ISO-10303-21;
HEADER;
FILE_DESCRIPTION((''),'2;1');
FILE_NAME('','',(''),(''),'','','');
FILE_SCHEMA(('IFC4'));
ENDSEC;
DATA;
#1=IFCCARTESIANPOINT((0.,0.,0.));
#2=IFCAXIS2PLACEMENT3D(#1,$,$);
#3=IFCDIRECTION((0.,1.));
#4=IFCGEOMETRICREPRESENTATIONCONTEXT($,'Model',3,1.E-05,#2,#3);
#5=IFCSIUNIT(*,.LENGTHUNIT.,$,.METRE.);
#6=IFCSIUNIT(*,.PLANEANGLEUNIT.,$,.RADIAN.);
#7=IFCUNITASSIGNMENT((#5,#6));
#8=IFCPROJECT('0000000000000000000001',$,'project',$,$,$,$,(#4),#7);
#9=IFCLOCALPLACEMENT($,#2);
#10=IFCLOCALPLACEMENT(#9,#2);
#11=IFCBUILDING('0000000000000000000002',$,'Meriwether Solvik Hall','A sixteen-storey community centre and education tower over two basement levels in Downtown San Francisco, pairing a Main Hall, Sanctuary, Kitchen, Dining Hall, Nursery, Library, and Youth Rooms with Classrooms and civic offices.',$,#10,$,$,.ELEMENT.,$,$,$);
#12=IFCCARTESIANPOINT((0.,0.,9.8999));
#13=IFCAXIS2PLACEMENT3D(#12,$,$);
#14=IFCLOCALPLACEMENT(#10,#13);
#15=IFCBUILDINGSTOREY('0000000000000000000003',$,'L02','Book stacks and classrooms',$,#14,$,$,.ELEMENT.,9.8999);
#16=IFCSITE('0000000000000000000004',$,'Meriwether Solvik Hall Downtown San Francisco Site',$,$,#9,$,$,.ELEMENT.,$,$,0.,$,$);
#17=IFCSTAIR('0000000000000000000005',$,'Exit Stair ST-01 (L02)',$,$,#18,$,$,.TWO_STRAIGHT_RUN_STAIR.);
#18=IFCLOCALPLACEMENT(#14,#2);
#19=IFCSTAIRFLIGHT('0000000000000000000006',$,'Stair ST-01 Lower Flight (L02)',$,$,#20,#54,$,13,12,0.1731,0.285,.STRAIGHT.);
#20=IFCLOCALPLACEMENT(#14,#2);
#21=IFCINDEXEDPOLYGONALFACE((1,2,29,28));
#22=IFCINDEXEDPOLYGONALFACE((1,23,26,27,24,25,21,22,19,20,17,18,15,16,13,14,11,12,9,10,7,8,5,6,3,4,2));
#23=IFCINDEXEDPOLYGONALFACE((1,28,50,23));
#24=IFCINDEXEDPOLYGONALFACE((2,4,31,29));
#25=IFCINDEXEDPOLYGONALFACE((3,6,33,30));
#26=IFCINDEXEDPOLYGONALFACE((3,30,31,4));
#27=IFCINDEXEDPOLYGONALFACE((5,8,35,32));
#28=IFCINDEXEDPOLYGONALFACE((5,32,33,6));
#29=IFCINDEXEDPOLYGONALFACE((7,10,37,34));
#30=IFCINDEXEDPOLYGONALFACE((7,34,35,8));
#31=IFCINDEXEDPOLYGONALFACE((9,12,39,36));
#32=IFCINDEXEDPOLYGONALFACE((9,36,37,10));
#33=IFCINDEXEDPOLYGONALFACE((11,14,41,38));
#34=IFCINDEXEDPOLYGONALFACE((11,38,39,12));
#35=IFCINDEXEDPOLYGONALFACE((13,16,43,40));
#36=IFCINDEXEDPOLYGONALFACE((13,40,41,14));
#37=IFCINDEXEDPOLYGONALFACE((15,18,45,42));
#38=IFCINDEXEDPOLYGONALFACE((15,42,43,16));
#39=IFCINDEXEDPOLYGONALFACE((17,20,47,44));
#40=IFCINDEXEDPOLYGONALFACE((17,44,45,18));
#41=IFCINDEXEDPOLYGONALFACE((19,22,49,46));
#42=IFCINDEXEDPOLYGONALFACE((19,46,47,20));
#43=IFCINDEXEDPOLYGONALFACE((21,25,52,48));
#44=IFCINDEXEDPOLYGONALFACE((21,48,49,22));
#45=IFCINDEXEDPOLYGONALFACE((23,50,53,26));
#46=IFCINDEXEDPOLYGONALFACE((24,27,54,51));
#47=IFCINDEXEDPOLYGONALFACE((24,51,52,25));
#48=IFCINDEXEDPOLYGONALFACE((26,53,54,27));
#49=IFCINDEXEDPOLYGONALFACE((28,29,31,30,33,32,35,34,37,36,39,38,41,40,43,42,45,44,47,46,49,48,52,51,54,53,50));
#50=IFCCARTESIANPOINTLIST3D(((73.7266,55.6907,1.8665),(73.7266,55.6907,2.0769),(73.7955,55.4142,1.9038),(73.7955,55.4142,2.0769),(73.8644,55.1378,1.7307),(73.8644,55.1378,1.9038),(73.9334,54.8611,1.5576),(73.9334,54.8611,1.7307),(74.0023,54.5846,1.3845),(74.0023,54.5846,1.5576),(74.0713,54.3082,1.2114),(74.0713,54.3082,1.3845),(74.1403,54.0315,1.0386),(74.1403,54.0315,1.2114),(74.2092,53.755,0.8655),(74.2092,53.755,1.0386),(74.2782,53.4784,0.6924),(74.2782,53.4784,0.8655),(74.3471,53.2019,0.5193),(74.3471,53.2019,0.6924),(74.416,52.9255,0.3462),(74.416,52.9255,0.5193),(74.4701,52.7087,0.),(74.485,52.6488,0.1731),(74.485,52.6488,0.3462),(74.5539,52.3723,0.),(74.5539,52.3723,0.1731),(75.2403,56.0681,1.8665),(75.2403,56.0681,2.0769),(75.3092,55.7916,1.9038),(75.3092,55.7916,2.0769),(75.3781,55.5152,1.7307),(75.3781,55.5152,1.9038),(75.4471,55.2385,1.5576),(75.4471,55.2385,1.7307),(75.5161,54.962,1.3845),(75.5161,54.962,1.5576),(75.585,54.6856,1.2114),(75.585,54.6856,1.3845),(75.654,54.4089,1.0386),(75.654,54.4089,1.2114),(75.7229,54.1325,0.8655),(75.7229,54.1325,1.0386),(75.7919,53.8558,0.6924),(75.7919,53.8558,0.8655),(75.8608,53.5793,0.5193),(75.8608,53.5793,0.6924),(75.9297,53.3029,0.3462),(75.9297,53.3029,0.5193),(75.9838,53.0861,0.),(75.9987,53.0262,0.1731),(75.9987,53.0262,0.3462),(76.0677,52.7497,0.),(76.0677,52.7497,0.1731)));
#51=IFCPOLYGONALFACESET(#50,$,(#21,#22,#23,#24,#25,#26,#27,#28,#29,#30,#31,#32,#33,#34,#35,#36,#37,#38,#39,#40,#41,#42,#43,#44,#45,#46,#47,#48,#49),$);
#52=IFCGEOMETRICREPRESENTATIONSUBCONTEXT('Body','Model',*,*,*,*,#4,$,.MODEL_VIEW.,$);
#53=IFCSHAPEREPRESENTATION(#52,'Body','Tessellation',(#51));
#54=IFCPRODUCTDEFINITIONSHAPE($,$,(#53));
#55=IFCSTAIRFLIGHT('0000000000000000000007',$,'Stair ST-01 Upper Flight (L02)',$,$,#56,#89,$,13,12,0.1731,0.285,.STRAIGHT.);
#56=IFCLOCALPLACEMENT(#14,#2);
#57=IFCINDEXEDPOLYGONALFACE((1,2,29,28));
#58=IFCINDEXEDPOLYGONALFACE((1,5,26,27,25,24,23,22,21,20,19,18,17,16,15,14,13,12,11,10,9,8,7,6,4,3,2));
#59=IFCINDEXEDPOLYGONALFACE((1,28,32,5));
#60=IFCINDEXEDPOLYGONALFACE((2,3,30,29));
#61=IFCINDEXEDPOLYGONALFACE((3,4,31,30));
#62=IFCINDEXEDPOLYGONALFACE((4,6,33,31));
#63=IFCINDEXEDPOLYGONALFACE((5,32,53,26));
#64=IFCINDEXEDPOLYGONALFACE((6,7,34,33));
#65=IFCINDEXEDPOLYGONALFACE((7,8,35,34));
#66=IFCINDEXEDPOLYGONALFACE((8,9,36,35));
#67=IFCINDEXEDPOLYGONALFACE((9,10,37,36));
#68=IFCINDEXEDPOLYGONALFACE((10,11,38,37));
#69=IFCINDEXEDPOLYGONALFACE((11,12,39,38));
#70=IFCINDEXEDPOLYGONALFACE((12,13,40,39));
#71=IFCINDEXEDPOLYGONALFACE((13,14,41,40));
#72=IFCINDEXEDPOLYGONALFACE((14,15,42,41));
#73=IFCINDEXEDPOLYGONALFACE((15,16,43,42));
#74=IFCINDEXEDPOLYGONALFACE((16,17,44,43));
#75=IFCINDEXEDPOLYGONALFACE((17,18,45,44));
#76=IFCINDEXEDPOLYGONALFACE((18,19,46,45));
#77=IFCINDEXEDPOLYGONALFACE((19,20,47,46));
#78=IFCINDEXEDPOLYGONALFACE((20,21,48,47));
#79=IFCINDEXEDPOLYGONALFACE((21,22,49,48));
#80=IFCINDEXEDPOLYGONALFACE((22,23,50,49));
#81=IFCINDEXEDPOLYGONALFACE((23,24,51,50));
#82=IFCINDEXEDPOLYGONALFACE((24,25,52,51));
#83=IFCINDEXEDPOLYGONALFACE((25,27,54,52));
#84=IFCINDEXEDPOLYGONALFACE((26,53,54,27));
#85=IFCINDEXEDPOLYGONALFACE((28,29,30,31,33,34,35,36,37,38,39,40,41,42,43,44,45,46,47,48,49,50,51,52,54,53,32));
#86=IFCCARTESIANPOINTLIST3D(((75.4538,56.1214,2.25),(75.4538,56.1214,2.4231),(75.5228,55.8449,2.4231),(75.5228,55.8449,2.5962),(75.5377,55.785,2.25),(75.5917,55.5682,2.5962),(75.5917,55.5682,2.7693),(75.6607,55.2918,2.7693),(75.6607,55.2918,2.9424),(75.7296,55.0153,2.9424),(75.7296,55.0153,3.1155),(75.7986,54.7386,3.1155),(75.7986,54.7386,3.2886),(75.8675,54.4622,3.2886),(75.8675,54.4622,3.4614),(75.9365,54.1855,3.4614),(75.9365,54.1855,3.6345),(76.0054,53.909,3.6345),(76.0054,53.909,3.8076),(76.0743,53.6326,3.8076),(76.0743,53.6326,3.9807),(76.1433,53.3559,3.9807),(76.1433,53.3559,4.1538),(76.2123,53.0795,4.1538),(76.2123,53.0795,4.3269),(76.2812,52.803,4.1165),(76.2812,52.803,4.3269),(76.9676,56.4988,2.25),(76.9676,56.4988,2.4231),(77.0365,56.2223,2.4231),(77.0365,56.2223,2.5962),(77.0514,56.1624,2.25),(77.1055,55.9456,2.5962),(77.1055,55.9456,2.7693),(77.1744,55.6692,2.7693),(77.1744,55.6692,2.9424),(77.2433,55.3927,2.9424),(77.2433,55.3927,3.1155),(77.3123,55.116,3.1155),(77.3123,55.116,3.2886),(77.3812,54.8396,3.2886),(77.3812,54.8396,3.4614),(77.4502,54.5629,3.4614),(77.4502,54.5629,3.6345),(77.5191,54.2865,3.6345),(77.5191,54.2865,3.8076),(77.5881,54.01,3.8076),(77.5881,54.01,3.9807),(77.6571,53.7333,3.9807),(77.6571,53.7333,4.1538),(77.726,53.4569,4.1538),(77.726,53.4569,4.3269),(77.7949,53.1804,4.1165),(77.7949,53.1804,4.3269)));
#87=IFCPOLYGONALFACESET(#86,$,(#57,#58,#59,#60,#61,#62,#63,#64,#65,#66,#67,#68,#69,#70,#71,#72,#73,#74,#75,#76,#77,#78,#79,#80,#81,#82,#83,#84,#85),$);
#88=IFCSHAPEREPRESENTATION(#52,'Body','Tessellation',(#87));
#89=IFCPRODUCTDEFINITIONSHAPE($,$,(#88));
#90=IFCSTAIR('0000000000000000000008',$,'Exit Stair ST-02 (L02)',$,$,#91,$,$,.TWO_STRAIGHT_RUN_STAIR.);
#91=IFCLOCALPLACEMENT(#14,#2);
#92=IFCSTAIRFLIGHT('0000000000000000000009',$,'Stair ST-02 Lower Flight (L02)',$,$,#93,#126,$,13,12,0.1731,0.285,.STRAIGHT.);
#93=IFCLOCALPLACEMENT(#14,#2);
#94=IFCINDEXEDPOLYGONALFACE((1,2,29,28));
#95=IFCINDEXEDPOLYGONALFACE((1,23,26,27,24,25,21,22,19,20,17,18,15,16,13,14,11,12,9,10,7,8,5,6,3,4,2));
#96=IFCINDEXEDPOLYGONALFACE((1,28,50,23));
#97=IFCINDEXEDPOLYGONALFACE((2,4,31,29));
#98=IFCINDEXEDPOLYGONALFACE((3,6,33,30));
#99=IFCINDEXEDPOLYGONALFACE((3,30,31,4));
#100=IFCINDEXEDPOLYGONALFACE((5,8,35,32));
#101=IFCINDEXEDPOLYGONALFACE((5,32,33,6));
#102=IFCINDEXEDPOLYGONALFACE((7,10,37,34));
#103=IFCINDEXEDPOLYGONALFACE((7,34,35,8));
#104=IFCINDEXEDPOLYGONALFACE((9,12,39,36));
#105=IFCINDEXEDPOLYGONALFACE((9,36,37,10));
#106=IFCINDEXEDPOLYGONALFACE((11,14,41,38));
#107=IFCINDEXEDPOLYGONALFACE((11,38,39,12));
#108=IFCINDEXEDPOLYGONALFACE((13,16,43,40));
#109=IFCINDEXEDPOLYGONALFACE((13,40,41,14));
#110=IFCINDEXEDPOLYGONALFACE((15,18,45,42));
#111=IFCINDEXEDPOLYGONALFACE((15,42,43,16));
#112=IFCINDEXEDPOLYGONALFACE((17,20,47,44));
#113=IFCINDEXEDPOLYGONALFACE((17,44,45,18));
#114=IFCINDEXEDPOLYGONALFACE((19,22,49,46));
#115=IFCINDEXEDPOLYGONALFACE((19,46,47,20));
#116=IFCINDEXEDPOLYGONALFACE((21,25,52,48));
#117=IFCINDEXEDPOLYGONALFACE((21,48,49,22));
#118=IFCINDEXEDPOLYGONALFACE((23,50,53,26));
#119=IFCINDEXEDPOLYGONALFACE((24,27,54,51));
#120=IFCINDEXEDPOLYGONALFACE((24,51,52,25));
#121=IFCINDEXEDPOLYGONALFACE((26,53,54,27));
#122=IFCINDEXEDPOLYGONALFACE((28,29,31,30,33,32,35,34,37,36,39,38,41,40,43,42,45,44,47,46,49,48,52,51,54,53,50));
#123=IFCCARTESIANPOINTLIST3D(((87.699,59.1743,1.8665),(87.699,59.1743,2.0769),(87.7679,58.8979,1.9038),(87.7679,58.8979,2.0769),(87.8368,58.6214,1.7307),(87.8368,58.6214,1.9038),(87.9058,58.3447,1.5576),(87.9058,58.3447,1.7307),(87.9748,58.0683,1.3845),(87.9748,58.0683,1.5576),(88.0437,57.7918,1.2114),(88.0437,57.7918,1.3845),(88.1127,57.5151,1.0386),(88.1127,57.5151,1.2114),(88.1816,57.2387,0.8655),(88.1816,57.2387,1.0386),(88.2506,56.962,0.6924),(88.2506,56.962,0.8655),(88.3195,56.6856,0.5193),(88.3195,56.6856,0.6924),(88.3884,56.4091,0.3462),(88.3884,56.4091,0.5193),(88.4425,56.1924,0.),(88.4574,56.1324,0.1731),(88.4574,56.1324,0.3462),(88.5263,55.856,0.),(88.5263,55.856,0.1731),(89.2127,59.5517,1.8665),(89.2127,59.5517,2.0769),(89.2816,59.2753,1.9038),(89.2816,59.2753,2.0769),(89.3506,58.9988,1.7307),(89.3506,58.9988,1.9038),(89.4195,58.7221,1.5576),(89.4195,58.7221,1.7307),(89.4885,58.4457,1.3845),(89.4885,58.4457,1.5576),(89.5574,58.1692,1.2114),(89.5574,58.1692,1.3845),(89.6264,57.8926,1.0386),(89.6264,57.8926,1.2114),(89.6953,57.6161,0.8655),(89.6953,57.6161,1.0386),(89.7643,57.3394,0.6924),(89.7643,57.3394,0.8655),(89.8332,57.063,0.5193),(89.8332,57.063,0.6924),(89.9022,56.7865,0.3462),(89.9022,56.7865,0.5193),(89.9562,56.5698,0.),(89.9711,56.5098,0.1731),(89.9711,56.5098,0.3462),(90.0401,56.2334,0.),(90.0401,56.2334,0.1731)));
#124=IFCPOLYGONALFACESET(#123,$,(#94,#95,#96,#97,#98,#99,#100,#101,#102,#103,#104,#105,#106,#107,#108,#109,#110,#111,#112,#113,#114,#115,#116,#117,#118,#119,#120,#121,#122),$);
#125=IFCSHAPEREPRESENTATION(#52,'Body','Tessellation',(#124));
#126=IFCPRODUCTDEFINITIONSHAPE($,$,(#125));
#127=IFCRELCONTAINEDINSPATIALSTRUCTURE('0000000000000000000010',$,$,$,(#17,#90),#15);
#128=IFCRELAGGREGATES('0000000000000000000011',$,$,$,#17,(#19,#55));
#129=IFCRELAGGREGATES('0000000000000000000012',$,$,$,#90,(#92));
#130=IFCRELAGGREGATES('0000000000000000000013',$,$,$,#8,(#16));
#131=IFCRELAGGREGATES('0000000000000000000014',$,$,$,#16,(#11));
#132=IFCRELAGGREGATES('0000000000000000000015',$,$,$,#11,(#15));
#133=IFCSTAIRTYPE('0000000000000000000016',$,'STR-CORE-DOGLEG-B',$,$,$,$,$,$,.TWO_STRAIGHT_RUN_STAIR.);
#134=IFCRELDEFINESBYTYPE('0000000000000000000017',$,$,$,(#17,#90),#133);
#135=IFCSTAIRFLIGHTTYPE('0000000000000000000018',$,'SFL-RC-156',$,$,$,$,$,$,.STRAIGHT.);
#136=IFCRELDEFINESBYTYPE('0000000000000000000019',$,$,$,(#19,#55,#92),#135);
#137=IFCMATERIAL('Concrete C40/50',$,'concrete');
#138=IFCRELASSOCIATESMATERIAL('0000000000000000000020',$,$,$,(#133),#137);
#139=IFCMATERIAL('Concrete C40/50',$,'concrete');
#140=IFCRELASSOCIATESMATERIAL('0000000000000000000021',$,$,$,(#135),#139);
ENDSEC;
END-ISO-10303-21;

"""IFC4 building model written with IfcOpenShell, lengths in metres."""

from ifc_helpers import new_model, si_unit, direction, frame, origin, place, context, subcontext, project, spatial, polyline, outline, extrude, material, type_object, element, aggregate, save


model = new_model("IFC4")

# Units and contexts
model_context = context("Model", 3, precision=1e-05, world=origin(), true_north=direction((0.0, 1.0)))
body_context = subcontext(model_context, "Body", "Model", "MODEL_VIEW")
ifc_project = project(units=[si_unit("LENGTHUNIT", "METRE"), si_unit("PLANEANGLEUNIT", "RADIAN")], contexts=[model_context])

# Site, building, storey
site_placement = place(None, origin())
site = spatial("IfcSite", under=ifc_project, at=site_placement, Name="Meriwether Solvik Hall Downtown San Francisco Site", CompositionType="ELEMENT", RefElevation=0.0)
building_placement = place(site_placement, origin())
building = spatial("IfcBuilding", under=site, at=building_placement, Name="Meriwether Solvik Hall", Description="A sixteen-storey community centre and education tower over two basement levels in Downtown San Francisco, pairing a Main Hall, Sanctuary, Kitchen, Dining Hall, Nursery, Library, and Youth Rooms with Classrooms and civic offices.", CompositionType="ELEMENT")
storey_placement = place(building_placement, frame((0.0, 0.0, 9.8999)))
storey = spatial("IfcBuildingStorey", under=building, at=storey_placement, Name="L02", Description="Book stacks and classrooms", CompositionType="ELEMENT", Elevation=9.8999)

# Stair, stair flights
ifc_material_1 = material(Name="Concrete C40/50", Category="concrete")
stair_type = type_object("IfcStairType", Name="STR-CORE-DOGLEG-B", PredefinedType="TWO_STRAIGHT_RUN_STAIR", material=ifc_material_1)
stair_1_placement = place(storey_placement, origin())
stair_1 = element("IfcStair", 1, at=stair_1_placement, inside=storey, type_object=stair_type, Name="Exit Stair ST-01 (L02)", PredefinedType="TWO_STRAIGHT_RUN_STAIR")
ifc_material_2 = material(Name="Concrete C40/50", Category="concrete")
stair_flight_type = type_object("IfcStairFlightType", Name="SFL-RC-156", PredefinedType="STRAIGHT", material=ifc_material_2)
stair_flight_1_placement = place(storey_placement, frame((75.3108, 52.561, 0.0), z_axis=(0.0, 0.0, 1.0), x_axis=(-0.241922, 0.970296, 0.0)))
stair_flight_1 = element("IfcStairFlight", 2, at=stair_flight_1_placement, type_object=stair_flight_type, Name="Stair ST-01 Lower Flight (L02)", NumberOfRisers=13, NumberOfTreads=12, PredefinedType="STRAIGHT", RiserHeight=0.1731, TreadLength=0.285, context=body_context, shape_type="SweptSolid", body=[
    extrude(outline(polyline([(0.0, 0.0), (0.0, 0.1731), (0.2849, 0.1731), (0.2849, 0.3462), (0.5701, 0.3462), (0.5701, 0.5193), (0.855, 0.5193), (0.855, 0.6924), (1.1399, 0.6924), (1.1399, 0.8655), (1.425, 0.8655), (1.425, 1.0386), (1.71, 1.0386), (1.71, 1.2114), (1.9951, 1.2114), (1.9951, 1.3845), (2.28, 1.3845), (2.28, 1.5576), (2.5649, 1.5576), (2.5649, 1.7307), (2.8501, 1.7307), (2.8501, 1.9038), (3.135, 1.9038), (3.135, 2.0769), (3.4199, 2.0769), (3.4199, 2.25), (3.4199, 1.8665), (0.3467, 0.0), (0.0, 0.0)])), frame((0.0, 0.78, 0.0), z_axis=(0.0, -1.0, 0.0), x_axis=(1.0, 0.0, 0.0)), (0.0, 0.0, 1.0), 1.5601),
])
stair_flight_2_placement = place(storey_placement, frame((76.2107, 56.3101, 2.25), z_axis=(0.0, 0.0, 1.0), x_axis=(0.241922, -0.970296, 0.0)))
stair_flight_2 = element("IfcStairFlight", 3, at=stair_flight_2_placement, type_object=stair_flight_type, Name="Stair ST-01 Upper Flight (L02)", NumberOfRisers=13, NumberOfTreads=12, PredefinedType="STRAIGHT", RiserHeight=0.1731, TreadLength=0.285, context=body_context, shape_type="SweptSolid", body=[
    extrude(outline(polyline([(0.0, 0.0), (0.0, 0.1731), (0.2849, 0.1731), (0.2849, 0.3462), (0.5701, 0.3462), (0.5701, 0.5193), (0.855, 0.5193), (0.855, 0.6924), (1.1399, 0.6924), (1.1399, 0.8655), (1.425, 0.8655), (1.425, 1.0386), (1.71, 1.0386), (1.71, 1.2114), (1.9951, 1.2114), (1.9951, 1.3845), (2.28, 1.3845), (2.28, 1.5576), (2.5649, 1.5576), (2.5649, 1.7307), (2.8501, 1.7307), (2.8501, 1.9038), (3.135, 1.9038), (3.135, 2.0769), (3.4199, 2.0769), (3.4199, 2.25), (3.4199, 1.8665), (0.3467, 0.0), (0.0, 0.0)])), frame((0.0, 0.78, 0.0), z_axis=(0.0, -1.0, 0.0), x_axis=(1.0, 0.0, 0.0)), (0.0, 0.0, 1.0), 1.5601),
])
aggregate(stair_1, [stair_flight_1, stair_flight_2])

# Stair, stair flight
stair_2_placement = place(storey_placement, origin())
stair_2 = element("IfcStair", 4, at=stair_2_placement, inside=storey, type_object=stair_type, Name="Exit Stair ST-02 (L02)", PredefinedType="TWO_STRAIGHT_RUN_STAIR")
stair_flight_3_placement = place(storey_placement, frame((89.2832, 56.0447, 0.0), z_axis=(0.0, 0.0, 1.0), x_axis=(-0.241922, 0.970296, 0.0)))
stair_flight_3 = element("IfcStairFlight", 5, at=stair_flight_3_placement, type_object=stair_flight_type, Name="Stair ST-02 Lower Flight (L02)", NumberOfRisers=13, NumberOfTreads=12, PredefinedType="STRAIGHT", RiserHeight=0.1731, TreadLength=0.285, context=body_context, shape_type="SweptSolid", body=[
    extrude(outline(polyline([(0.0, 0.0), (0.0, 0.1731), (0.2849, 0.1731), (0.2849, 0.3462), (0.5701, 0.3462), (0.5701, 0.5193), (0.855, 0.5193), (0.855, 0.6924), (1.1399, 0.6924), (1.1399, 0.8655), (1.425, 0.8655), (1.425, 1.0386), (1.71, 1.0386), (1.71, 1.2114), (1.9951, 1.2114), (1.9951, 1.3845), (2.28, 1.3845), (2.28, 1.5576), (2.5649, 1.5576), (2.5649, 1.7307), (2.8501, 1.7307), (2.8501, 1.9038), (3.135, 1.9038), (3.135, 2.0769), (3.4199, 2.0769), (3.4199, 2.25), (3.4199, 1.8665), (0.3467, 0.0), (0.0, 0.0)])), frame((0.0, 0.78, 0.0), z_axis=(0.0, -1.0, 0.0), x_axis=(1.0, 0.0, 0.0)), (0.0, 0.0, 1.0), 1.5601),
])
aggregate(stair_2, [stair_flight_3])

save(model, "model.ifc")
